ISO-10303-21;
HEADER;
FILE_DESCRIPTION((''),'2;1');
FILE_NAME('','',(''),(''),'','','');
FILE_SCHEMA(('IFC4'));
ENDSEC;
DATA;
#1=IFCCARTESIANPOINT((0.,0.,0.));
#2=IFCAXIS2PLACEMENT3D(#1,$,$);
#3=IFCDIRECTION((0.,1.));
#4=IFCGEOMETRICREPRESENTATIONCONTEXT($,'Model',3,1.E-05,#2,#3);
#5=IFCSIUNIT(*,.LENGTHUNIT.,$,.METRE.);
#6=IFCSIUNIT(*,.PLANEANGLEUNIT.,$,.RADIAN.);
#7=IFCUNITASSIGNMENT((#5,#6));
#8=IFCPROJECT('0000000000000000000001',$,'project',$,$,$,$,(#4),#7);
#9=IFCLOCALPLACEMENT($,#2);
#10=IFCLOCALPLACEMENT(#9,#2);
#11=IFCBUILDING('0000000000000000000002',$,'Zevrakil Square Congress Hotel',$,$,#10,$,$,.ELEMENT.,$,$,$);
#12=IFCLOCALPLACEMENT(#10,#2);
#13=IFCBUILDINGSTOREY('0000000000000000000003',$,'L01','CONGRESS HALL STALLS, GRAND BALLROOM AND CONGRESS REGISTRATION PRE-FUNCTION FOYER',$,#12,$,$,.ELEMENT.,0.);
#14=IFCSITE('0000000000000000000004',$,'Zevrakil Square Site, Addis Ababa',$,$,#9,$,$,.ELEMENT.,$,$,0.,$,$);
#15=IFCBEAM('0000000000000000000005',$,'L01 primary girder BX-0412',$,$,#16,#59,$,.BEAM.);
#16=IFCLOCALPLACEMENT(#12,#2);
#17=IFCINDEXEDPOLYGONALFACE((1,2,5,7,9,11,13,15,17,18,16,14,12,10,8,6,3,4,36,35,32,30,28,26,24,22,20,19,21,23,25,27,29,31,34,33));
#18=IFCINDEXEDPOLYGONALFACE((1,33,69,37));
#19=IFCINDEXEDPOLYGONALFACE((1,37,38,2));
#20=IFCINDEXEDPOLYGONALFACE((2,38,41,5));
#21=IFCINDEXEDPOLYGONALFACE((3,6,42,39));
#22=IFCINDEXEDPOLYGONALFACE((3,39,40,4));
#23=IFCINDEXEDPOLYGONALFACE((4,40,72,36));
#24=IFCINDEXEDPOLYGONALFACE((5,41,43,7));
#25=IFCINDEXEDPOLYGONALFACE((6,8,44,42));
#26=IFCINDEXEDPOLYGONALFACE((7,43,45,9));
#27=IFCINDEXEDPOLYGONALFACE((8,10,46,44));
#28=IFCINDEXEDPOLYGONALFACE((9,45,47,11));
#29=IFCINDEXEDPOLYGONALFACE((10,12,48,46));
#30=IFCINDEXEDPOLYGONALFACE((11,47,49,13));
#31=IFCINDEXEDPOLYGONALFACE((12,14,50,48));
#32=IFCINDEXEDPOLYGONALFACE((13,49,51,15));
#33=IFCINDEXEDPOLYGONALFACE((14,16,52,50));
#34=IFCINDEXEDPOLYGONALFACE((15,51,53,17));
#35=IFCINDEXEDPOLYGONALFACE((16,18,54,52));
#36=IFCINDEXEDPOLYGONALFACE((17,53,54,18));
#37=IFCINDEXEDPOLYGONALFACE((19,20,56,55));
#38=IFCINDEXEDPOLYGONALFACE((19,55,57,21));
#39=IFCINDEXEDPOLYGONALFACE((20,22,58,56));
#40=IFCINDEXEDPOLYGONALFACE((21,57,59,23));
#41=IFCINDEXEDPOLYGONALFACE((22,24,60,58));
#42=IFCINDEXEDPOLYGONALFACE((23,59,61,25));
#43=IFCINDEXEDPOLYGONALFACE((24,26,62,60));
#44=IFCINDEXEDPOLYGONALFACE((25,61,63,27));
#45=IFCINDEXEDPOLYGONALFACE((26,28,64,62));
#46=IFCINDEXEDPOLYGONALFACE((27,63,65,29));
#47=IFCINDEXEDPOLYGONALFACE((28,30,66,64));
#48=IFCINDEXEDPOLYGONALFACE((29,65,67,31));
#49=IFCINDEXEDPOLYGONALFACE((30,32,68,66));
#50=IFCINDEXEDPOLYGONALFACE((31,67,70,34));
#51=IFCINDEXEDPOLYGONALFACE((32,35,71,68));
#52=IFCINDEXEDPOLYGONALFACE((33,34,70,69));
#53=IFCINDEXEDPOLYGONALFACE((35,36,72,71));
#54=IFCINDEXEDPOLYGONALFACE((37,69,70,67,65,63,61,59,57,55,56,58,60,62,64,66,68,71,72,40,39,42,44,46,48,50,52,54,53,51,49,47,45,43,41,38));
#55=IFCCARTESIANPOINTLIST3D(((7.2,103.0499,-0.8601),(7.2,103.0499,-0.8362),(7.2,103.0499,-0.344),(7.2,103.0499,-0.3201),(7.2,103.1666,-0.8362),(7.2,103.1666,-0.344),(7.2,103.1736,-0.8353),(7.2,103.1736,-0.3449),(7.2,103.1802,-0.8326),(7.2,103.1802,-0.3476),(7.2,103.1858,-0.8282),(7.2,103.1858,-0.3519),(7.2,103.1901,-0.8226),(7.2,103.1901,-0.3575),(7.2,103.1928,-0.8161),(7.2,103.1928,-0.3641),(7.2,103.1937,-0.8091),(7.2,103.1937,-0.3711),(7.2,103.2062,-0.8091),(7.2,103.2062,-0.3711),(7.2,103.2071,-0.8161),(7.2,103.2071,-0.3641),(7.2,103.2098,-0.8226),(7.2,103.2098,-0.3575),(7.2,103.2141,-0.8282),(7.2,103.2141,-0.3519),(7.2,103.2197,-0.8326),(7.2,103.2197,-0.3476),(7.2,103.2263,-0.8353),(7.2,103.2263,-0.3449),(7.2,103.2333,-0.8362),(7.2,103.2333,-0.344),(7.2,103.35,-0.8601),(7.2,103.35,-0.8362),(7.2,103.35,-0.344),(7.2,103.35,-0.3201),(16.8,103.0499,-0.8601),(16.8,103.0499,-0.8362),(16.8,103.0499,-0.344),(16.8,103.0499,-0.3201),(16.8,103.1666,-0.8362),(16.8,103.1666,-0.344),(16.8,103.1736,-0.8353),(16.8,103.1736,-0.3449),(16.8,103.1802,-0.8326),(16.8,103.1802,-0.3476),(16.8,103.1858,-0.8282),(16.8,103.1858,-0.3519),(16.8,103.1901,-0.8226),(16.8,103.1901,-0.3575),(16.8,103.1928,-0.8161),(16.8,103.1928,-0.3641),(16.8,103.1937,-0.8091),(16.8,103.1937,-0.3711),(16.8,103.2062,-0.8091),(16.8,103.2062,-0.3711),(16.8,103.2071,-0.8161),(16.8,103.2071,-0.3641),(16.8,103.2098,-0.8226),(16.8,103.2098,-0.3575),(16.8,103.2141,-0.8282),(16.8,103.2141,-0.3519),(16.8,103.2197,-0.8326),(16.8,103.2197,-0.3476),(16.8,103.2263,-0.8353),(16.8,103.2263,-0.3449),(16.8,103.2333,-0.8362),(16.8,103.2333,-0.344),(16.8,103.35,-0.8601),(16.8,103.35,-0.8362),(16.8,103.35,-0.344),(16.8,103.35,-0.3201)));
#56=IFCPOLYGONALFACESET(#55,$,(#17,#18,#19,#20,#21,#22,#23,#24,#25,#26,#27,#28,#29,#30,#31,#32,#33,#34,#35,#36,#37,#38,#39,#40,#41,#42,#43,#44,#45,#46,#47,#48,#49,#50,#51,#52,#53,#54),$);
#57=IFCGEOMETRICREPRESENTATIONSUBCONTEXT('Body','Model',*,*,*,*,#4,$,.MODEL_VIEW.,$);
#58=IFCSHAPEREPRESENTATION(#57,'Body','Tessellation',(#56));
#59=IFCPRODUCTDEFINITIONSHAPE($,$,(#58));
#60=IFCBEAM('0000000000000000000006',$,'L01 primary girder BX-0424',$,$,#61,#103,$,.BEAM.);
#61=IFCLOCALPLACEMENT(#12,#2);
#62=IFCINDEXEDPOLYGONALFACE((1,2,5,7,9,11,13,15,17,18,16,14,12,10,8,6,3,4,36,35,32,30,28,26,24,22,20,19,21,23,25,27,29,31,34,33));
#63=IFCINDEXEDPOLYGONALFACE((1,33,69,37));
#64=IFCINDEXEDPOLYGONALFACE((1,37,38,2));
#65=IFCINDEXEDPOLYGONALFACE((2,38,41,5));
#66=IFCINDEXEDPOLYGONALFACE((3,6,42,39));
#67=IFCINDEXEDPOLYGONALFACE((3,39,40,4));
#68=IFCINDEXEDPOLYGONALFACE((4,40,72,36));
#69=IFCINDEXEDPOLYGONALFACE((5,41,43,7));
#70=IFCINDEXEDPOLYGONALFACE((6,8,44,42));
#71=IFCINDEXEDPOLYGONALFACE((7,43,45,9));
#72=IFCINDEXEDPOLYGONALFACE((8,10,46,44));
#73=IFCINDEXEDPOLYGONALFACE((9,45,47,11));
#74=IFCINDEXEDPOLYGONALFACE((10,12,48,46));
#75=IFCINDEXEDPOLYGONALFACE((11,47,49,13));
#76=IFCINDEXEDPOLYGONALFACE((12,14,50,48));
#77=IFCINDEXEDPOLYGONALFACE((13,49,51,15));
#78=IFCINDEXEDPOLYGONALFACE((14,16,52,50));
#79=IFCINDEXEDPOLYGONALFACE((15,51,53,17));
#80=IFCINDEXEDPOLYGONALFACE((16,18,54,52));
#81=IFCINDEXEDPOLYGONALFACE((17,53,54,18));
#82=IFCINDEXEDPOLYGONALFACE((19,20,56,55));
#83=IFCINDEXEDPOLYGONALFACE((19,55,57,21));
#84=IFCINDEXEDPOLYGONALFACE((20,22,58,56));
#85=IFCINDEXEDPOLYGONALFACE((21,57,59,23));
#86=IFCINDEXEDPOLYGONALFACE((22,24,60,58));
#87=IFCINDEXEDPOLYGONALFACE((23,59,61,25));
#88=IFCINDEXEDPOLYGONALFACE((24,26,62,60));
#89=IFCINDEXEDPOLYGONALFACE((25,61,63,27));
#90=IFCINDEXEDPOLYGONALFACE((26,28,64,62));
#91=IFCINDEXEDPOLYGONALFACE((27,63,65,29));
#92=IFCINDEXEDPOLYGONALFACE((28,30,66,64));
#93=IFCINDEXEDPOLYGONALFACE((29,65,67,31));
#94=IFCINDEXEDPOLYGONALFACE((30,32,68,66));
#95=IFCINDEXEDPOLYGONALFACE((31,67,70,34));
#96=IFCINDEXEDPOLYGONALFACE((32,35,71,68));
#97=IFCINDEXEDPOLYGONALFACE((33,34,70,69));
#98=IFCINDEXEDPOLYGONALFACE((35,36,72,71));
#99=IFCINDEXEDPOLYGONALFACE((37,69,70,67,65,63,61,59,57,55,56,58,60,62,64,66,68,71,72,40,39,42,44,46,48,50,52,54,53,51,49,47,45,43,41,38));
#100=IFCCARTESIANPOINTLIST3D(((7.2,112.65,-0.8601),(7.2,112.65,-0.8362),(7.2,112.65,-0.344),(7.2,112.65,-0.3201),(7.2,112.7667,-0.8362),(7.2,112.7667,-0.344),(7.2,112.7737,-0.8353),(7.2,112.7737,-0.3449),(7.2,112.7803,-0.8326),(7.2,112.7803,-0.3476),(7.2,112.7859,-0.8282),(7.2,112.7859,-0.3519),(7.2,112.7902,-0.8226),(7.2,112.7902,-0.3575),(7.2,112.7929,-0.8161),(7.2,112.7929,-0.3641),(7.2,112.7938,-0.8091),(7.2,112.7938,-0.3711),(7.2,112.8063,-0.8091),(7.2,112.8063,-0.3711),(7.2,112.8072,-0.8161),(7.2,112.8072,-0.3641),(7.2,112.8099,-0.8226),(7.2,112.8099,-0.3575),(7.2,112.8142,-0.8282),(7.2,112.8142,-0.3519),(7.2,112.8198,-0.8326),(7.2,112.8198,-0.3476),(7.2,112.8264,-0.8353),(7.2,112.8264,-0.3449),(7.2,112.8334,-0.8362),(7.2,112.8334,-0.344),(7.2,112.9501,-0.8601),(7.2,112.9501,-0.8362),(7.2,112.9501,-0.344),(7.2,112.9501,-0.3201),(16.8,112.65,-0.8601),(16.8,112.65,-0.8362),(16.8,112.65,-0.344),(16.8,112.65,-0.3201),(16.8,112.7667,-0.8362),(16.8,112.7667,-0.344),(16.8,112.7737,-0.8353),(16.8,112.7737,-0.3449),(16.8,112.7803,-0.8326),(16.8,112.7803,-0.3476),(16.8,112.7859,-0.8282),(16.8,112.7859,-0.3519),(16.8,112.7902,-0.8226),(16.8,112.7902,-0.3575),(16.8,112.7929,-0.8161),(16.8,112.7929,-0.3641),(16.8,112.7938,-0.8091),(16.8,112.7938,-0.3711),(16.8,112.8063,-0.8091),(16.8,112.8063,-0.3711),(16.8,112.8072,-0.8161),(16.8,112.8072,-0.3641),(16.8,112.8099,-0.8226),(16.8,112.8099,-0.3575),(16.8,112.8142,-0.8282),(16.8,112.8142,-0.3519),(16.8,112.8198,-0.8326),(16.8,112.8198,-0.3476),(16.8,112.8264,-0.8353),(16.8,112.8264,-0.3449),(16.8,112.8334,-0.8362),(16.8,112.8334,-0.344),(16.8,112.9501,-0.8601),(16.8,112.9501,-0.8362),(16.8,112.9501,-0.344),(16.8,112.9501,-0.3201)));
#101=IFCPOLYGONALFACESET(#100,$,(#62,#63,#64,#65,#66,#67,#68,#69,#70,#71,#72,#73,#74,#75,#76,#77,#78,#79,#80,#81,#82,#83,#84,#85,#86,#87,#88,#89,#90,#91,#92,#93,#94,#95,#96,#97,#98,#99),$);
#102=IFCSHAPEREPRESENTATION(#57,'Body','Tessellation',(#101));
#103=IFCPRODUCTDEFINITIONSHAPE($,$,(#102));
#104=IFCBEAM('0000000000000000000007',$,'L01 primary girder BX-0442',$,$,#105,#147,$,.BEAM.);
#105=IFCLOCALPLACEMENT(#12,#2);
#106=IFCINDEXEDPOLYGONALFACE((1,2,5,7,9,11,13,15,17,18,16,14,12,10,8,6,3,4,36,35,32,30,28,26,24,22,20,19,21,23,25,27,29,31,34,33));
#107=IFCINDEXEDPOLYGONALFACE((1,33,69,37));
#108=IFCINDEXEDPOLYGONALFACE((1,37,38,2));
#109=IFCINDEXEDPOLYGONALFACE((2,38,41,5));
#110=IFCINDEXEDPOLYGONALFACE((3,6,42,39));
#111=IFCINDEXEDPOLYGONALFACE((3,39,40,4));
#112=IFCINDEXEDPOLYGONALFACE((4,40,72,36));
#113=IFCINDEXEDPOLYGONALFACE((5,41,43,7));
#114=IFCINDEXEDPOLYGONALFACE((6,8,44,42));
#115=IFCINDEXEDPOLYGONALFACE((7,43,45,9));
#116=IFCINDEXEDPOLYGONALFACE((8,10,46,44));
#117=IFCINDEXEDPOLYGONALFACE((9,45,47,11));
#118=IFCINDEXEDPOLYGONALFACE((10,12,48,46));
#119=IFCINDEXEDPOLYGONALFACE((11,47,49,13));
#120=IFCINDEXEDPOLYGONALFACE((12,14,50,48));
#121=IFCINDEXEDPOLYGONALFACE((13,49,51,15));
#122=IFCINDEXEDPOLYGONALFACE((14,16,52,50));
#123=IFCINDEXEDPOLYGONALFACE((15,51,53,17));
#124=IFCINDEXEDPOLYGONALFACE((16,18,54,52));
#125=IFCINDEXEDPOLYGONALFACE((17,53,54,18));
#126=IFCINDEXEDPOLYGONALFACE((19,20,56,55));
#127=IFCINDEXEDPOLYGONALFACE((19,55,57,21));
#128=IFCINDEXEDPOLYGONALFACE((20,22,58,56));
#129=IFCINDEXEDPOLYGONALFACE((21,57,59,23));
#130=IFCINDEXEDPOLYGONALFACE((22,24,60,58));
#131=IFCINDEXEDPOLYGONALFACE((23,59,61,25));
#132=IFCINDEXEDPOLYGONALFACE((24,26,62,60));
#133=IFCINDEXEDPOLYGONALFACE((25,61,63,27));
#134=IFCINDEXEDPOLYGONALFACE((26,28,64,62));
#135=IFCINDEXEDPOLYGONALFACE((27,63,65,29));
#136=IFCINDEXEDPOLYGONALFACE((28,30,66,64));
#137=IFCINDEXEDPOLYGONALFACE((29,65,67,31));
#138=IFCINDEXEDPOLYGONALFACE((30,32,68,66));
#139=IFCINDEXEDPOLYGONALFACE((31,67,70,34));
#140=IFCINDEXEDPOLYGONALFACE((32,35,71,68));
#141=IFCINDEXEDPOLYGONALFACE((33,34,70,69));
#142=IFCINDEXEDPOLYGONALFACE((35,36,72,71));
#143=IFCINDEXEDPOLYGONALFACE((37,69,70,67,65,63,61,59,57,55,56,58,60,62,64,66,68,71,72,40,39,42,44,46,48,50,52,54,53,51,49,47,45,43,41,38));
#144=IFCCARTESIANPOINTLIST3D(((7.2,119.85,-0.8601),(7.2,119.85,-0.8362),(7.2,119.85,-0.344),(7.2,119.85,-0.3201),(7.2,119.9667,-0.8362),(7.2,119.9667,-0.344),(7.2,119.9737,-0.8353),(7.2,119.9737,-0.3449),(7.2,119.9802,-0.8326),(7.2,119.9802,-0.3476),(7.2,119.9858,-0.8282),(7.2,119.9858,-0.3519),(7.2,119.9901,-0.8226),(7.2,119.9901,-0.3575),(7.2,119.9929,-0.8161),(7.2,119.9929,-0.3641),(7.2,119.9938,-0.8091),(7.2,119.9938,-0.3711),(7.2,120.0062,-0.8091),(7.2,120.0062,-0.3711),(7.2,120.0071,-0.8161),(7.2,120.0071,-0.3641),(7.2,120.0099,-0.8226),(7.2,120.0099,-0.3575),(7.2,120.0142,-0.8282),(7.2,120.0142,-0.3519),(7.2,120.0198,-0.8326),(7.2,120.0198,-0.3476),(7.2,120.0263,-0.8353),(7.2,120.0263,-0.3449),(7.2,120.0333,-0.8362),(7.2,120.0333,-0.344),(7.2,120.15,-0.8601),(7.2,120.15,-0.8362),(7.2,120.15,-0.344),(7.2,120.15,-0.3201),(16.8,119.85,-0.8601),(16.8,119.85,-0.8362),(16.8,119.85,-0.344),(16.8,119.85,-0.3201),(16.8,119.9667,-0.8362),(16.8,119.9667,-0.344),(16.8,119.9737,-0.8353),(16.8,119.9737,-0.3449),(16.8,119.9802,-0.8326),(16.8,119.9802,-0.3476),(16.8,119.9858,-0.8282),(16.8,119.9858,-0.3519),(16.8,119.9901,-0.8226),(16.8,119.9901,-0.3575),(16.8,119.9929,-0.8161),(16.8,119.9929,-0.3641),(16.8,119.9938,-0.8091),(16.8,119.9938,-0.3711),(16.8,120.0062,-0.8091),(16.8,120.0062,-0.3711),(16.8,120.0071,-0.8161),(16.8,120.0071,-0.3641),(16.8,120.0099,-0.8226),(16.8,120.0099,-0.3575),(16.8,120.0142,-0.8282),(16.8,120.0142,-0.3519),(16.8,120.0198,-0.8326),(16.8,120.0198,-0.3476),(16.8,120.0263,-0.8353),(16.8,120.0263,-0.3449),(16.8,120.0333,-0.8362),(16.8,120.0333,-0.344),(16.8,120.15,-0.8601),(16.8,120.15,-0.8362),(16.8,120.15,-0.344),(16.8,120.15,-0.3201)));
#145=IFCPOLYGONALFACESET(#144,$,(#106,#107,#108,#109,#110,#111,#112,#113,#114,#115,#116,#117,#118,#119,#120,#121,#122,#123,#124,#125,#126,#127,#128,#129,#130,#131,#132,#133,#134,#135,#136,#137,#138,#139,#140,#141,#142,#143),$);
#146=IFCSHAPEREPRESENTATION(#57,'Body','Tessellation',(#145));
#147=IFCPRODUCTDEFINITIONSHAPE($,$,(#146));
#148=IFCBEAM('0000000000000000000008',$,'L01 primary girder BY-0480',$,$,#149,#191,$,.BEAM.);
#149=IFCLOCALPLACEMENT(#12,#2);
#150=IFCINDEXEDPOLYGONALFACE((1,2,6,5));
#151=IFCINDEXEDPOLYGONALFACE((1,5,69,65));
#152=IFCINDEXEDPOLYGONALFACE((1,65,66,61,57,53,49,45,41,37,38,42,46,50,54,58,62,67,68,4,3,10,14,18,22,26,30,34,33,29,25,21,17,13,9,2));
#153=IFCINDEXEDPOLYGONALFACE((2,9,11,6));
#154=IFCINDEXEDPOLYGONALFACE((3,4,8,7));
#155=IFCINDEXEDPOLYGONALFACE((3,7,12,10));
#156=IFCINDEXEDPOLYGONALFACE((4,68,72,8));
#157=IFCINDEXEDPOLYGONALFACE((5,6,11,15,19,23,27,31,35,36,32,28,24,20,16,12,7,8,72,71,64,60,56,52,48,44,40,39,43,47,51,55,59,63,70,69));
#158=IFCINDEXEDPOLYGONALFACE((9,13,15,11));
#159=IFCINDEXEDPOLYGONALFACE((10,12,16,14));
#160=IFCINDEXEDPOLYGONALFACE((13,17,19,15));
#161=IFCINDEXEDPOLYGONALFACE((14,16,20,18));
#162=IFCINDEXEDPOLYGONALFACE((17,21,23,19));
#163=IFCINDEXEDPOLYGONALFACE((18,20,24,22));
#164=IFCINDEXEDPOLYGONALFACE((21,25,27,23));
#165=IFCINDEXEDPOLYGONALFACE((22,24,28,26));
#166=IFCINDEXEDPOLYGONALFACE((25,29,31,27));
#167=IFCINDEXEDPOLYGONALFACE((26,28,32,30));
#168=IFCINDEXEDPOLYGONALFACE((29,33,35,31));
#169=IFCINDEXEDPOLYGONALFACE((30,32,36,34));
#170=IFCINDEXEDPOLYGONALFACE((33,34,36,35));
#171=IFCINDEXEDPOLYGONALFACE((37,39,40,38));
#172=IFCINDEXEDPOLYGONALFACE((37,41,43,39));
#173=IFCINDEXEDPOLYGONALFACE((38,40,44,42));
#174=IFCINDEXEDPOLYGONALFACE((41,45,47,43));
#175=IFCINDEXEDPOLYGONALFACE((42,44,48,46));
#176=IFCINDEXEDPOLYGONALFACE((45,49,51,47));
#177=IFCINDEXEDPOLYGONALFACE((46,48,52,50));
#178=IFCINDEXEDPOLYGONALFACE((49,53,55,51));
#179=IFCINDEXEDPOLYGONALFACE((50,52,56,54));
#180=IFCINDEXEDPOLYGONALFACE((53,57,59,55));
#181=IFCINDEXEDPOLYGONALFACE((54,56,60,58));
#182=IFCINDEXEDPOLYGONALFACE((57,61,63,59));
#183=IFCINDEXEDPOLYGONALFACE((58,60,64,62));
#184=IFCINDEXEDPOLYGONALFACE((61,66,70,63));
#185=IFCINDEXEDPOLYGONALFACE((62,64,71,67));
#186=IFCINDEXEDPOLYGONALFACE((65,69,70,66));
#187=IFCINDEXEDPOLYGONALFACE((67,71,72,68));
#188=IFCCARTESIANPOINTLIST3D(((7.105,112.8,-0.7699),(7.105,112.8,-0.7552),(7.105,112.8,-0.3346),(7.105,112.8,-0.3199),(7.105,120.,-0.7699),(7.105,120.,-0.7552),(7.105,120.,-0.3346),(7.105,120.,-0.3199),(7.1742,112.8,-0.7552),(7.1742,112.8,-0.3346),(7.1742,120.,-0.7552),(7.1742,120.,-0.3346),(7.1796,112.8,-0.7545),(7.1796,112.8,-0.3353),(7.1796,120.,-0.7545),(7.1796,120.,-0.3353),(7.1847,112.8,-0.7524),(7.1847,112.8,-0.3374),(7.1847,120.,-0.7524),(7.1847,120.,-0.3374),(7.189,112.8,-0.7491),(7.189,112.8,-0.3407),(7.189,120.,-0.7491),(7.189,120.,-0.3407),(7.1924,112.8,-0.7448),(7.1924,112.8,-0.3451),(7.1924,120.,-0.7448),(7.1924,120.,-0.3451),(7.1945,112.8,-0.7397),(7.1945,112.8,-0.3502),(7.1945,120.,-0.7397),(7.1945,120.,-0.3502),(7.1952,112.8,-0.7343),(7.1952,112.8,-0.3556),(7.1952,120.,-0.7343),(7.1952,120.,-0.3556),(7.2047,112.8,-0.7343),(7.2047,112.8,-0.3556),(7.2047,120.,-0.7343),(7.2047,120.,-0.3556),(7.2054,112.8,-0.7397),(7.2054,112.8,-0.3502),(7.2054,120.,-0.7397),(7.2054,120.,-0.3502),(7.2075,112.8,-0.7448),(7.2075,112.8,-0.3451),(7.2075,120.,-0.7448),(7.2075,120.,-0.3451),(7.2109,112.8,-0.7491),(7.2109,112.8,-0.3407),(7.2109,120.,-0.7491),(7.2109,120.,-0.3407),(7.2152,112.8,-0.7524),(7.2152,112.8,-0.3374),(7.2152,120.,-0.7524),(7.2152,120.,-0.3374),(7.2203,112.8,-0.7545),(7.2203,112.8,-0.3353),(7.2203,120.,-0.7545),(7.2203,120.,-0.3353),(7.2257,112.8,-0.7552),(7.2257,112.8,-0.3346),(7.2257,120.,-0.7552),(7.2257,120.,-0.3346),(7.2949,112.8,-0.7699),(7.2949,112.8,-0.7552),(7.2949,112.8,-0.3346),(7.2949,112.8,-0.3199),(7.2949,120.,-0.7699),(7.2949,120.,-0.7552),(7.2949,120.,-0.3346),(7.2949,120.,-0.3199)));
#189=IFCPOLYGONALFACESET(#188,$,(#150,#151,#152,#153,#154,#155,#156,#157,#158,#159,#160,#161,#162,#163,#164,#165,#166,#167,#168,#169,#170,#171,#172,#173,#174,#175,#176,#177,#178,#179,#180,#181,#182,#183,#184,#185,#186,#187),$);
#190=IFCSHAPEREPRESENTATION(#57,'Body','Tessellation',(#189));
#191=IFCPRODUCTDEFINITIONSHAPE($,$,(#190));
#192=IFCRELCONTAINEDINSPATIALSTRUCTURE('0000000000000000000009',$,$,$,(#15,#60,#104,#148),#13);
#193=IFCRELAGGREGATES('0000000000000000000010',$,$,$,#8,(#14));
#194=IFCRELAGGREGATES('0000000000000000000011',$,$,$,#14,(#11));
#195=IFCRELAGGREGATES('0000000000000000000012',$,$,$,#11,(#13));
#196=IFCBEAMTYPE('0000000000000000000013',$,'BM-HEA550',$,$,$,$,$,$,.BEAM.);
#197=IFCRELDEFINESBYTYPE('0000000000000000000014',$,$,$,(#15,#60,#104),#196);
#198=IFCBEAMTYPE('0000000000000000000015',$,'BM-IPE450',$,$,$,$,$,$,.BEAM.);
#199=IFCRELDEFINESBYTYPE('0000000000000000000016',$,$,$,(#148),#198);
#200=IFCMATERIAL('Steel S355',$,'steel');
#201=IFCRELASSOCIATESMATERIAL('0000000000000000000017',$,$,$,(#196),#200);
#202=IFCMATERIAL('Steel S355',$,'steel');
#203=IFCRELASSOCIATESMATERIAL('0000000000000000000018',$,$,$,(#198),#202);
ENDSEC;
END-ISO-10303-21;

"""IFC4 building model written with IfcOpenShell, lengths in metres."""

from ifc_helpers import new_model, si_unit, direction, frame, origin, origin_2d, place, context, subcontext, project, spatial, i_section, extrude, material, material_profile, profile_set, type_object, element, save


model = new_model("IFC4")

# Units and contexts
model_context = context("Model", 3, precision=1e-05, world=origin(), true_north=direction((0.0, 1.0)))
body_context = subcontext(model_context, "Body", "Model", "MODEL_VIEW")
ifc_project = project(units=[si_unit("LENGTHUNIT", "METRE"), si_unit("PLANEANGLEUNIT", "RADIAN")], contexts=[model_context])

# Site, building, storey
site_placement = place(None, origin())
site = spatial("IfcSite", under=ifc_project, at=site_placement, Name="Zevrakil Square Site, Addis Ababa", CompositionType="ELEMENT", RefElevation=0.0)
building_placement = place(site_placement, origin())
building = spatial("IfcBuilding", under=site, at=building_placement, Name="Zevrakil Square Congress Hotel", CompositionType="ELEMENT")
storey_placement = place(building_placement, origin())
storey = spatial("IfcBuildingStorey", under=building, at=storey_placement, Name="L01", Description="CONGRESS HALL STALLS, GRAND BALLROOM AND CONGRESS REGISTRATION PRE-FUNCTION FOYER", CompositionType="ELEMENT", Elevation=0.0)

# Beams
ifc_material_1 = material(Name="Steel S355", Category="steel")
ifc_material_profile_1 = material_profile(ifc_material_1, i_section(OverallWidth=0.3, OverallDepth=0.54, WebThickness=0.0125, FlangeThickness=0.0239, FilletRadius=0.0271, at=origin_2d()), Name="HEA 550")
ifc_profile_set_1 = profile_set([ifc_material_profile_1], Name="Steel S355")
beam_type_1 = type_object("IfcBeamType", Name="BM-HEA550", PredefinedType="BEAM", material=ifc_profile_set_1)
for number, where, z_axis, x_axis, name in (
    (1, (7.2, 103.2, -0.5901), (1.0, 0.0, 0.0), (0.0, 1.0, 0.0), "L01 primary girder BX-0412"),
    (2, (7.2, 112.8, -0.5901), (1.0, 0.0, 0.0), (0.0, 1.0, 0.0), "L01 primary girder BX-0424"),
    (3, (7.2, 120.0, -0.5901), (1.0, 0.0, 0.0), (0.0, 1.0, 0.0), "L01 primary girder BX-0442"),
):
    element("IfcBeam", number, at=place(storey_placement, frame(where, z_axis=z_axis, x_axis=x_axis)), inside=storey, type_object=beam_type_1, Name=name, PredefinedType="BEAM", context=body_context, shape_type="SweptSolid", body=[
        extrude(i_section(OverallWidth=0.3, OverallDepth=0.54, WebThickness=0.0125, FlangeThickness=0.0239, FilletRadius=0.0271, at=origin_2d()), origin(), (0.0, 0.0, 1.0), 9.6001),
    ])
ifc_material_2 = material(Name="Steel S355", Category="steel")
ifc_material_profile_2 = material_profile(ifc_material_2, i_section(OverallWidth=0.1899, OverallDepth=0.45, WebThickness=0.0095, FlangeThickness=0.0146, FilletRadius=0.021, at=origin_2d()), Name="IPE 450")
ifc_profile_set_2 = profile_set([ifc_material_profile_2], Name="Steel S355")
beam_type_2 = type_object("IfcBeamType", Name="BM-IPE450", PredefinedType="BEAM", material=ifc_profile_set_2)
beam_1_placement = place(storey_placement, frame((7.2, 112.8, -0.5449), z_axis=(0.0, 1.0, 0.0), x_axis=(-1.0, 0.0, 0.0)))
element("IfcBeam", 4, at=beam_1_placement, inside=storey, type_object=beam_type_2, Name="L01 primary girder BY-0480", PredefinedType="BEAM", context=body_context, shape_type="SweptSolid", body=[
    extrude(i_section(OverallWidth=0.1899, OverallDepth=0.45, WebThickness=0.0095, FlangeThickness=0.0146, FilletRadius=0.021, at=origin_2d()), origin(), (0.0, 0.0, 1.0), 7.2),
])

save(model, "model.ifc")
